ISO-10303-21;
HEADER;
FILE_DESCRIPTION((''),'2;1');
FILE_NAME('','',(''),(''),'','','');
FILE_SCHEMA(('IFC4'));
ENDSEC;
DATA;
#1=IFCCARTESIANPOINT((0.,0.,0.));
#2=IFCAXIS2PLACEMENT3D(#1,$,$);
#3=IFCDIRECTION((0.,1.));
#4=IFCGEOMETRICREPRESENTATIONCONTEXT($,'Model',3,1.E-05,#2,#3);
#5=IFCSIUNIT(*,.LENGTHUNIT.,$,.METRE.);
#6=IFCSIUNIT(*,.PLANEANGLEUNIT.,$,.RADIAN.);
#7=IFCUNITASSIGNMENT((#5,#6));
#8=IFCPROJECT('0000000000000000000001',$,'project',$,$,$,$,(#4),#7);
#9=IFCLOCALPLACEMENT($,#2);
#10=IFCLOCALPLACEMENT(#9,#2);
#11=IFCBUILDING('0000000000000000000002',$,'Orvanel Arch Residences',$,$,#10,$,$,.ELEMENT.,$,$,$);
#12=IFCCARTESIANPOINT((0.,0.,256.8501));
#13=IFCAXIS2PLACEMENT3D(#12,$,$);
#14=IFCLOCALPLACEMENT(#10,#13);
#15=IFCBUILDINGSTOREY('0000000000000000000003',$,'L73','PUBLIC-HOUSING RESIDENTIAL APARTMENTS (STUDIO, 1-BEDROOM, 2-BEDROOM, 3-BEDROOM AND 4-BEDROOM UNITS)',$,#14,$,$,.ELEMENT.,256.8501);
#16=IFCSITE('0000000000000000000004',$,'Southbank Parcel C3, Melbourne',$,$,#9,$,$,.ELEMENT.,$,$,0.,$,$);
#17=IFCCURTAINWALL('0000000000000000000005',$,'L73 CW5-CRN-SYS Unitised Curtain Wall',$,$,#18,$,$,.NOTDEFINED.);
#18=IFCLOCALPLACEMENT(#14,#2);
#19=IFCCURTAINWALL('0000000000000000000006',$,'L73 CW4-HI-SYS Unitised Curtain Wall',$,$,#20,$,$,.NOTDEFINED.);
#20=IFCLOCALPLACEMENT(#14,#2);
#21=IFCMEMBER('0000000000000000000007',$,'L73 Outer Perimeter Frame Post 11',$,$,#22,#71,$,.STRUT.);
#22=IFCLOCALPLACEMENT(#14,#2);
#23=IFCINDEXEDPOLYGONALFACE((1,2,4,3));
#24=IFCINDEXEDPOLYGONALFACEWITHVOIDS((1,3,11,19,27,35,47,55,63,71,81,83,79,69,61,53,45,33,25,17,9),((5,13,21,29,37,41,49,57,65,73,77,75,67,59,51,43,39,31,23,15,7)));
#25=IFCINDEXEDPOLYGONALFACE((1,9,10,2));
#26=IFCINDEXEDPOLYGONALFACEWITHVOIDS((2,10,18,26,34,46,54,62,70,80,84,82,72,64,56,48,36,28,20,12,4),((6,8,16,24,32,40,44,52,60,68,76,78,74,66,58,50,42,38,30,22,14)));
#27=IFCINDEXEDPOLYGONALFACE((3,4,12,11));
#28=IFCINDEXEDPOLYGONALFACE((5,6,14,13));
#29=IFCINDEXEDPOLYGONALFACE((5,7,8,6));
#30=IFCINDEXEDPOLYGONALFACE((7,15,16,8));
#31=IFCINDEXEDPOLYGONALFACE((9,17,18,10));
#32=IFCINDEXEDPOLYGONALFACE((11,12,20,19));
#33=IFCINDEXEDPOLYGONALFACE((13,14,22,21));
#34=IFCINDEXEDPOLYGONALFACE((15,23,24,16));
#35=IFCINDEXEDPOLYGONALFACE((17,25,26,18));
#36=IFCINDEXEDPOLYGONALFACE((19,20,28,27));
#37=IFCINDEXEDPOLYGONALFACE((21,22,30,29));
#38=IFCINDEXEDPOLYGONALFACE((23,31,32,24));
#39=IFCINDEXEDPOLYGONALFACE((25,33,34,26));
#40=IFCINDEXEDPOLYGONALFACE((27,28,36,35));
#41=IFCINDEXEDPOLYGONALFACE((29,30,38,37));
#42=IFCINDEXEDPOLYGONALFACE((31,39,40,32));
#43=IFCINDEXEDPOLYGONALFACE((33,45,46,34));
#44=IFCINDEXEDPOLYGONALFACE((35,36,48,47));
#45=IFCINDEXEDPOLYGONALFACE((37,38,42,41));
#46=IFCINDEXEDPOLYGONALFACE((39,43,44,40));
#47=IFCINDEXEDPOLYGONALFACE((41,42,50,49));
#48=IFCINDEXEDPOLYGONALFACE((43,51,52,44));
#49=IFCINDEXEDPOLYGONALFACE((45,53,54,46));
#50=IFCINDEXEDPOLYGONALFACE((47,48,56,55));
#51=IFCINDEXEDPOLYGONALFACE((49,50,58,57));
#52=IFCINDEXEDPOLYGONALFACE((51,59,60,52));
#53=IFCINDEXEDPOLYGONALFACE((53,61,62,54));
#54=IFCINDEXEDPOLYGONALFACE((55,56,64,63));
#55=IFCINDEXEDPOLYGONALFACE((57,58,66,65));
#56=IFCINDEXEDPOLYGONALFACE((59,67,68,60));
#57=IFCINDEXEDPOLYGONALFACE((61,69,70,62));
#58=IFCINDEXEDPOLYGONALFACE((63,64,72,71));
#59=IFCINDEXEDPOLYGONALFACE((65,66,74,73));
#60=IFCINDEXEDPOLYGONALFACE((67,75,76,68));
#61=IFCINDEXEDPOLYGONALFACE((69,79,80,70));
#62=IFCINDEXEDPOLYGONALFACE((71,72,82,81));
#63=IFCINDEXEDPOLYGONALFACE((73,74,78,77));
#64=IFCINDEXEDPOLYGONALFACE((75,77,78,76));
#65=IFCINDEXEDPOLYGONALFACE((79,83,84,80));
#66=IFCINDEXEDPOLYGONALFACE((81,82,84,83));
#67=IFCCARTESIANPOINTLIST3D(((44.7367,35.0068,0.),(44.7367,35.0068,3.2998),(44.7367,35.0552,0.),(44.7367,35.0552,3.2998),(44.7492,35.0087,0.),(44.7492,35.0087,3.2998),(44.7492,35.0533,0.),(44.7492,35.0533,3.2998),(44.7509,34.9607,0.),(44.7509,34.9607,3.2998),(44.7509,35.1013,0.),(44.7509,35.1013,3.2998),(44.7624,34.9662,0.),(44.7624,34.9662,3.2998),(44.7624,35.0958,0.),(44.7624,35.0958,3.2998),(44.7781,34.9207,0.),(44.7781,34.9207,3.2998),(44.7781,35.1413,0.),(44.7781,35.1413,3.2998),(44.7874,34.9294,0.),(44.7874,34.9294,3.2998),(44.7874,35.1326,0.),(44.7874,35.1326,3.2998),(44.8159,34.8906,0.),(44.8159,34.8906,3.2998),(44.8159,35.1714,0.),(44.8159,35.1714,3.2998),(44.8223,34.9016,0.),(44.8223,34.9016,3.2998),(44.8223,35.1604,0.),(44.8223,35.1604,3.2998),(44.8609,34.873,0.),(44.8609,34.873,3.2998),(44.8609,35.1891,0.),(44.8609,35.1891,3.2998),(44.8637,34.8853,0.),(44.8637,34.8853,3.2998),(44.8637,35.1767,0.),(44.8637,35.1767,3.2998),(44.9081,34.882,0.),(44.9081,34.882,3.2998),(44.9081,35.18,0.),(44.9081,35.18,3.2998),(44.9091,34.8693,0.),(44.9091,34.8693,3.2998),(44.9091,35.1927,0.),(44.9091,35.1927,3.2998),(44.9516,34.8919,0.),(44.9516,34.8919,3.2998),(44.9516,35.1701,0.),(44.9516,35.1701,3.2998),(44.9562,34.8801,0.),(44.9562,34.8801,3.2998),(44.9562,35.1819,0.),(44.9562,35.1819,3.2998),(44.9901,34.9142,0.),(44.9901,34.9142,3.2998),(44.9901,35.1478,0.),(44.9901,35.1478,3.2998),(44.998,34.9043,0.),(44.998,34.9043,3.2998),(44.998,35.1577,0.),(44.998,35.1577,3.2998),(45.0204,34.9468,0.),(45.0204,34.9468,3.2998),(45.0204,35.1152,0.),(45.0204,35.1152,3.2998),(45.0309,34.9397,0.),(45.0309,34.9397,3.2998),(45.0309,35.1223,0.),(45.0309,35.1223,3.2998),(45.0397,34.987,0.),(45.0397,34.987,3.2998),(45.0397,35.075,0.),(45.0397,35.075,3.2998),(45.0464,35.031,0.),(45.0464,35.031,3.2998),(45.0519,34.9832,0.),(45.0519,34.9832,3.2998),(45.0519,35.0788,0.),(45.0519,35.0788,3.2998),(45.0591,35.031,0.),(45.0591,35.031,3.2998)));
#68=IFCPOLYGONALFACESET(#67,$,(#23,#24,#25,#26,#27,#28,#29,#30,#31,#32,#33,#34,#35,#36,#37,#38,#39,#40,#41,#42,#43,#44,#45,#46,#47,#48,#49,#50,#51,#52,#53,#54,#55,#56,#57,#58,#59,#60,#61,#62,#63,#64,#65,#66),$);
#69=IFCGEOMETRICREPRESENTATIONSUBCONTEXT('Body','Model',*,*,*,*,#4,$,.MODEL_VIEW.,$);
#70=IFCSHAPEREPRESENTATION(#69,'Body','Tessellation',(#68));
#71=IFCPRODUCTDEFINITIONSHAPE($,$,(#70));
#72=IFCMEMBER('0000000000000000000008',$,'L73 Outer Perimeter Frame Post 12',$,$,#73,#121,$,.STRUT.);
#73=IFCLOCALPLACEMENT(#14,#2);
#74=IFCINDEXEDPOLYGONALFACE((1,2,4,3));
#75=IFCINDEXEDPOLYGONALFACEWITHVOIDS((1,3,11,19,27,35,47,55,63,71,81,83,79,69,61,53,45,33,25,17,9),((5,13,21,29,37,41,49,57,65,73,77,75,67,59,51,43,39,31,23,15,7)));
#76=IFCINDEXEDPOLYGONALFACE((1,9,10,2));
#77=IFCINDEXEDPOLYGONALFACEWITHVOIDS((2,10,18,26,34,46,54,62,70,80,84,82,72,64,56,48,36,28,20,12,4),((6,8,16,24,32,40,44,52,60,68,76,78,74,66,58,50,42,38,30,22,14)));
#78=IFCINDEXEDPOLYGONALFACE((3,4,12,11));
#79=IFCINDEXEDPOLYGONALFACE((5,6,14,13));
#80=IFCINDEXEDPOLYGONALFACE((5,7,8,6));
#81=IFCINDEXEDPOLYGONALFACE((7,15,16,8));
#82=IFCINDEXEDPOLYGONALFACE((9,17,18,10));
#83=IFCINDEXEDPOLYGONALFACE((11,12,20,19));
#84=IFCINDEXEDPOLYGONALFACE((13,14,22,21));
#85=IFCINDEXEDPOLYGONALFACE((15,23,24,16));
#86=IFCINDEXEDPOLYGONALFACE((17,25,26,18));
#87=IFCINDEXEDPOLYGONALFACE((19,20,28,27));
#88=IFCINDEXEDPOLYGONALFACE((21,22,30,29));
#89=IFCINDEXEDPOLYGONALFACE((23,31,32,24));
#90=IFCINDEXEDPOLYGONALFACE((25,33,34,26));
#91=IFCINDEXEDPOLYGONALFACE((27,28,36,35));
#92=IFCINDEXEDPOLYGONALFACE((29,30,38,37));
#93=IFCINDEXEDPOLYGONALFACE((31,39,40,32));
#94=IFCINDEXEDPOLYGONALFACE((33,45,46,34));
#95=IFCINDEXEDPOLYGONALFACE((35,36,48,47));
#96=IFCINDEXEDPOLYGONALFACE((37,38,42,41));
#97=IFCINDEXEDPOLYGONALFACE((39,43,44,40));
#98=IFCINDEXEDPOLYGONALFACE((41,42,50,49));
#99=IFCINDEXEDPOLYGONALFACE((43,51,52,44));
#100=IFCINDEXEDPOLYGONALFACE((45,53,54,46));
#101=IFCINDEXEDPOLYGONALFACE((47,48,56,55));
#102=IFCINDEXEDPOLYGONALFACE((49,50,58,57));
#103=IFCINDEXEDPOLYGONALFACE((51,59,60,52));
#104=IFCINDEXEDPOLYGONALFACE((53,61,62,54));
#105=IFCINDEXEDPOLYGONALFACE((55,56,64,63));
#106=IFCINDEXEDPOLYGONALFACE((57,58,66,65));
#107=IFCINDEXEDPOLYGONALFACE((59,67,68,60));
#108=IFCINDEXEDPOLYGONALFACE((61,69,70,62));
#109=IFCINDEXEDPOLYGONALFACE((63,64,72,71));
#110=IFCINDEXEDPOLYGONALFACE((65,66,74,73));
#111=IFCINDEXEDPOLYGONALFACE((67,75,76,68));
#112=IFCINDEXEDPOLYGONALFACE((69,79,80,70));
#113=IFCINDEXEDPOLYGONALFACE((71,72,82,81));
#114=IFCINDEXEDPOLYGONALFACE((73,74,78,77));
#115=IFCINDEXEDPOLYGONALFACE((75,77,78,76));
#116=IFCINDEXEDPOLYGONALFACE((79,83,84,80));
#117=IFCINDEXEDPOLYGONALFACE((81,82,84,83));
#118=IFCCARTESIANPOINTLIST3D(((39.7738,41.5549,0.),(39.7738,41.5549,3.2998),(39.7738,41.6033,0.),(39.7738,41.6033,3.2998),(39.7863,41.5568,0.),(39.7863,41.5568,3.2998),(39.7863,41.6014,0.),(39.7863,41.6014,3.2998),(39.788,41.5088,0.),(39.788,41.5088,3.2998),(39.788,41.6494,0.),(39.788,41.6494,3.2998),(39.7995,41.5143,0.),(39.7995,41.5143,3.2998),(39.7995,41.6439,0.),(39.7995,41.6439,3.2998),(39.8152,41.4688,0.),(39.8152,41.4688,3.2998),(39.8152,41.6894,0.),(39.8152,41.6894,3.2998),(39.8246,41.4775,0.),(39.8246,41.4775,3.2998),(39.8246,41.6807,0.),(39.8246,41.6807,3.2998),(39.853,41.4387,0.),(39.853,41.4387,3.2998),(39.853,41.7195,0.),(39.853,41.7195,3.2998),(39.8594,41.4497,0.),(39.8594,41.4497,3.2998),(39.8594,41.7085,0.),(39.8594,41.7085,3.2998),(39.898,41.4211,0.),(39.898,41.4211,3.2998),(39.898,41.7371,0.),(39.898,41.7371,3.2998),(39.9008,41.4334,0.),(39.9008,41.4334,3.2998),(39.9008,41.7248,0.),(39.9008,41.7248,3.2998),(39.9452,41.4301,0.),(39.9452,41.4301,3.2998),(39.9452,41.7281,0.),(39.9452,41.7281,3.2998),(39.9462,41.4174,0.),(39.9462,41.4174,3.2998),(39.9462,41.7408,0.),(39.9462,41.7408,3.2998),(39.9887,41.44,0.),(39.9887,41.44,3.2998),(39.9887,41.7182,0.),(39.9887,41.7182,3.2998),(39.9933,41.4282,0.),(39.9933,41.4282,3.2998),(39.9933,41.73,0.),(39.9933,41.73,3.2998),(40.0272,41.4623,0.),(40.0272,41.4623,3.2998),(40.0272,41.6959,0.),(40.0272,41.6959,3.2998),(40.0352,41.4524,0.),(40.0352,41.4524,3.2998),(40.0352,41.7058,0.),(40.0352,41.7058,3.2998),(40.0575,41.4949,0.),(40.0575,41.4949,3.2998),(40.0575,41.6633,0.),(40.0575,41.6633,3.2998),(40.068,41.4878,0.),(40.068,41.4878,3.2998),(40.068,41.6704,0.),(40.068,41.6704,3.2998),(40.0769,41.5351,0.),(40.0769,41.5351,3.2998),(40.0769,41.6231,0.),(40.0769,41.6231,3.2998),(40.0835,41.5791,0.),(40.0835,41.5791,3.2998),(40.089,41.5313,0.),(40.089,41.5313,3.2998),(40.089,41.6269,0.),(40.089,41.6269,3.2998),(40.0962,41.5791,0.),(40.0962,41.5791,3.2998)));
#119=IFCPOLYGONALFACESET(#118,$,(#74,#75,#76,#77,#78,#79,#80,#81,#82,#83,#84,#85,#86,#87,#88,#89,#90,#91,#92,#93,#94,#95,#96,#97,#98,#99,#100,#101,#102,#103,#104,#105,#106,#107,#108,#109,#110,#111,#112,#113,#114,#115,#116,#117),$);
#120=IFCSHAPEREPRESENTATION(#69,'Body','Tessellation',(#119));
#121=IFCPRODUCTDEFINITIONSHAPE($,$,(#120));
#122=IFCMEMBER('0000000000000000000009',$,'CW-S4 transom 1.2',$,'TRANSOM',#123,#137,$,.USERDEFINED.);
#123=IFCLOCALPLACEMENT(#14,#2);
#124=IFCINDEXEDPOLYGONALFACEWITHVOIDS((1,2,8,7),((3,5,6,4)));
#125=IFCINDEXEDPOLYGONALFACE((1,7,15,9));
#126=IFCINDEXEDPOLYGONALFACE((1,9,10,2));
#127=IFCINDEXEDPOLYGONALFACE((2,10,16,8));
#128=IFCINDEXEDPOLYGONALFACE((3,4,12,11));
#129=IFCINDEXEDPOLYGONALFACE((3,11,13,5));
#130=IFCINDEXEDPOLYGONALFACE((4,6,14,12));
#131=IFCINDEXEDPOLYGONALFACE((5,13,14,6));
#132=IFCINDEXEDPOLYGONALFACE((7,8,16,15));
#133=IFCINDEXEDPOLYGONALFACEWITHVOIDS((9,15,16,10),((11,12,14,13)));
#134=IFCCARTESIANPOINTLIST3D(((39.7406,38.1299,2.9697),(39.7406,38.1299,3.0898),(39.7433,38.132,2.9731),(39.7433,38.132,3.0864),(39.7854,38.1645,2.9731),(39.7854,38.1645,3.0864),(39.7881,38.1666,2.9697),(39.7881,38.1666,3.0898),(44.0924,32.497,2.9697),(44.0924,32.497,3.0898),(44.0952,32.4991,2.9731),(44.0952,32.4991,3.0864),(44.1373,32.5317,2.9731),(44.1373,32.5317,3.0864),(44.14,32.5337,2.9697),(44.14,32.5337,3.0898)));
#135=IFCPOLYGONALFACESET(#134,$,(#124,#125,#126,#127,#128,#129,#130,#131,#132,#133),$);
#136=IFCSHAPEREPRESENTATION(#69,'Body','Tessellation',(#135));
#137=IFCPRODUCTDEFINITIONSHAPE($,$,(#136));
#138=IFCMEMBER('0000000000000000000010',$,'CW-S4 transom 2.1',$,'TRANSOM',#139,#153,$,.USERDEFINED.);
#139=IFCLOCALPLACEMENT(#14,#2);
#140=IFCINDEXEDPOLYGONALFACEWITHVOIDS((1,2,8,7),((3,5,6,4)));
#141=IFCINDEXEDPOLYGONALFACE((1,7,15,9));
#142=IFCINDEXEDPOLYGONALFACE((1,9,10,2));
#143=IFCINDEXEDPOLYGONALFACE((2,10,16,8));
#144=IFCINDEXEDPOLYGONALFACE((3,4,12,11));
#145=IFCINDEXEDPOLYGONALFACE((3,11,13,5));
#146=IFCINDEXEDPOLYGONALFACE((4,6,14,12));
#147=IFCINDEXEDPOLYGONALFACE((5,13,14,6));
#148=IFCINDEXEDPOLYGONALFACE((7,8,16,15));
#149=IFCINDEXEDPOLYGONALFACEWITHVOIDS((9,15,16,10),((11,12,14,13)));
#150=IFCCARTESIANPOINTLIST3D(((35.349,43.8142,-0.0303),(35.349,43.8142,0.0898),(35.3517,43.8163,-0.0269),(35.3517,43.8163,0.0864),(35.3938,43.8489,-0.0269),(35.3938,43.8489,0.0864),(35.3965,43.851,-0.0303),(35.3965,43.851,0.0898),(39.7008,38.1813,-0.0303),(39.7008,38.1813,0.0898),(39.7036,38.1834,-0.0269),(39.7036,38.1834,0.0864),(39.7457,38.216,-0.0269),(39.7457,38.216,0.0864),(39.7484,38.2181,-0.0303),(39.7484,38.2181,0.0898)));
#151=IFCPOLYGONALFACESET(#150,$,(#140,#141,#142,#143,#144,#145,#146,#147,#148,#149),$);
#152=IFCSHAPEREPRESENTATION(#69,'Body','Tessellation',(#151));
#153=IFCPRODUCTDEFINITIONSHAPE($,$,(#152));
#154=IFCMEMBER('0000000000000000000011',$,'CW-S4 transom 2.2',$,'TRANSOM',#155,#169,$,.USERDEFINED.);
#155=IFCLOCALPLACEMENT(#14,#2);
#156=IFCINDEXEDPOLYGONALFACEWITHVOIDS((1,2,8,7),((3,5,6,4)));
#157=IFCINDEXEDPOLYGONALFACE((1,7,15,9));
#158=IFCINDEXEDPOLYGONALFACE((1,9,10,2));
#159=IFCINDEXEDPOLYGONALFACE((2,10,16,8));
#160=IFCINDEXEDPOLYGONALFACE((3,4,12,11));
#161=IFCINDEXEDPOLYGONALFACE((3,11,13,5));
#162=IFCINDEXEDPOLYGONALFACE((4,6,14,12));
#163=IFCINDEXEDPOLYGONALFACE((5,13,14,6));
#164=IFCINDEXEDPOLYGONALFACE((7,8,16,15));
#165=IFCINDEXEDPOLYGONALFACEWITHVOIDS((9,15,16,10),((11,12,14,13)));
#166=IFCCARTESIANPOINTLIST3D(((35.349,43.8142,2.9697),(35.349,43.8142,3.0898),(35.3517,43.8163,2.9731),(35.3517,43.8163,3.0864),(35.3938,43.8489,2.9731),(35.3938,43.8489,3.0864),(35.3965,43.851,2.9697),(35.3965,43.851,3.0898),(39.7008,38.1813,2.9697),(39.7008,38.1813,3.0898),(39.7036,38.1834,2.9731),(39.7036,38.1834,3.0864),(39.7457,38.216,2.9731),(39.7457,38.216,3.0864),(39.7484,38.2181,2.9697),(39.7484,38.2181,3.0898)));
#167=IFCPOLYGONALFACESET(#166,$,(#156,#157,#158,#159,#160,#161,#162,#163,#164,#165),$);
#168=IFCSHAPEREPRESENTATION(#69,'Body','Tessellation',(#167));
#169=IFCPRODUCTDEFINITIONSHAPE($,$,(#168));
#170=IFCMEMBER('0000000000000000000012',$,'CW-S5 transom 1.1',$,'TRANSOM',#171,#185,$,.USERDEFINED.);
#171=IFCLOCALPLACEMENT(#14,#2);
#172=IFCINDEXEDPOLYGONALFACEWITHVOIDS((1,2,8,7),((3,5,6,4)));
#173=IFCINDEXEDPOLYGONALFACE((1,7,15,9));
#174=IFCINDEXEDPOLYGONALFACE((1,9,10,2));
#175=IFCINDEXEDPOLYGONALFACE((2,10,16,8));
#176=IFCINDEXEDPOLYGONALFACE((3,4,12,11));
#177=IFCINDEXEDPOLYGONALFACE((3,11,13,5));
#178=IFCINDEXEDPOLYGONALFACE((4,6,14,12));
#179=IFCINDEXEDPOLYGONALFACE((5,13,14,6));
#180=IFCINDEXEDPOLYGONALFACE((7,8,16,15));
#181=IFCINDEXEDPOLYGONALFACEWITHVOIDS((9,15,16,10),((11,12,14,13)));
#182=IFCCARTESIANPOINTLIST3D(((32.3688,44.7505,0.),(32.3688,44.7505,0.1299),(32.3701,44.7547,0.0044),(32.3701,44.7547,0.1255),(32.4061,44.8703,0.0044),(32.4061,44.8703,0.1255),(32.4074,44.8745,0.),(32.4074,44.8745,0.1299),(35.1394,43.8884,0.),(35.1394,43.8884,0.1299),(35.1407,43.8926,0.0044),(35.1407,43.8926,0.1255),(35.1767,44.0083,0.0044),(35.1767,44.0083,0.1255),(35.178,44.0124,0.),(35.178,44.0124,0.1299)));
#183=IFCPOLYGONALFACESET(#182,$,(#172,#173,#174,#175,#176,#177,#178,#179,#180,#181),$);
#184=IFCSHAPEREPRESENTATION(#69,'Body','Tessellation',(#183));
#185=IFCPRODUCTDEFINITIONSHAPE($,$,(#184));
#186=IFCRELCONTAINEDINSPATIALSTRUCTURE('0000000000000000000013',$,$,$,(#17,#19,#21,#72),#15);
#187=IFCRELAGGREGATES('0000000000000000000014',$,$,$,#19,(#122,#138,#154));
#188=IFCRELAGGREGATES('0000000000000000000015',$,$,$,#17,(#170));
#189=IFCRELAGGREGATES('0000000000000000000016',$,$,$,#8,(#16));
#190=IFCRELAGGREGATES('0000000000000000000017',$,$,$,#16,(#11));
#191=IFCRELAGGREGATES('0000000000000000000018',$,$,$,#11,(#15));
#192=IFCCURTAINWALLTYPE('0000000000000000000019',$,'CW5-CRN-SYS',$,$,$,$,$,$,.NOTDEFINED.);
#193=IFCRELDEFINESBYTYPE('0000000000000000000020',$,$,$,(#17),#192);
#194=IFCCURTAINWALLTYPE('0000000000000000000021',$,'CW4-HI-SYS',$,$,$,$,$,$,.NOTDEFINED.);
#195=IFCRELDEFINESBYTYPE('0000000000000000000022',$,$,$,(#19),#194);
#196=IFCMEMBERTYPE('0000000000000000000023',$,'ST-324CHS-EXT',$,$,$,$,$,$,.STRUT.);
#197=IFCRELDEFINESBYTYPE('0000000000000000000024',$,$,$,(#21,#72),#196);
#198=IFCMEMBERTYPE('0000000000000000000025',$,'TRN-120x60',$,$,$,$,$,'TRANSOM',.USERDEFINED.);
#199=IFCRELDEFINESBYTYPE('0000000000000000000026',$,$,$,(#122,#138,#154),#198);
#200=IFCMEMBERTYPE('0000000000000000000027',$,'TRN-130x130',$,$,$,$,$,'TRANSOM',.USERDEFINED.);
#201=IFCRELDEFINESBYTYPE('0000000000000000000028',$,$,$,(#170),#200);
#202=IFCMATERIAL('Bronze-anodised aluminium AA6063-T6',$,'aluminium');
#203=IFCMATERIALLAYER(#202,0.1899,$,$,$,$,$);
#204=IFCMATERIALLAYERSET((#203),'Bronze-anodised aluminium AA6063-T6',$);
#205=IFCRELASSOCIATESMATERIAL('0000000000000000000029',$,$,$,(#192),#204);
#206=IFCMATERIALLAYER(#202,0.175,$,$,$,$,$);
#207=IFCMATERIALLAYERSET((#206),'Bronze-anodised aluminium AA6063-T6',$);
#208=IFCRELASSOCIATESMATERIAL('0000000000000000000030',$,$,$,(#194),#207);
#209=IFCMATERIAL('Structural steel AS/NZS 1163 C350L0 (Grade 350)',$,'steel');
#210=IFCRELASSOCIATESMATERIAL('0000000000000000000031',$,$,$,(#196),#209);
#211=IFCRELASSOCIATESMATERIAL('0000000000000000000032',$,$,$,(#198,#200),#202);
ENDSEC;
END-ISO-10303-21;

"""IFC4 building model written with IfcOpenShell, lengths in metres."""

from ifc_helpers import new_model, si_unit, direction, frame, origin, origin_2d, place, context, subcontext, project, spatial, hollow_rectangle, hollow_circle, extrude, material, layer, layer_set, material_profile, profile_set, type_object, element, aggregate, save


model = new_model("IFC4")

# Units and contexts
model_context = context("Model", 3, precision=1e-05, world=origin(), true_north=direction((0.0, 1.0)))
body_context = subcontext(model_context, "Body", "Model", "MODEL_VIEW")
ifc_project = project(units=[si_unit("LENGTHUNIT", "METRE"), si_unit("PLANEANGLEUNIT", "RADIAN")], contexts=[model_context])

# Site, building, storey
site_placement = place(None, origin())
site = spatial("IfcSite", under=ifc_project, at=site_placement, Name="Southbank Parcel C3, Melbourne", CompositionType="ELEMENT", RefElevation=0.0)
building_placement = place(site_placement, origin())
building = spatial("IfcBuilding", under=site, at=building_placement, Name="Orvanel Arch Residences", CompositionType="ELEMENT")
storey_placement = place(building_placement, frame((0.0, 0.0, 256.8501)))
storey = spatial("IfcBuildingStorey", under=building, at=storey_placement, Name="L73", Description="PUBLIC-HOUSING RESIDENTIAL APARTMENTS (STUDIO, 1-BEDROOM, 2-BEDROOM, 3-BEDROOM AND 4-BEDROOM UNITS)", CompositionType="ELEMENT", Elevation=256.8501)

# Curtain wall
ifc_material_1 = material(Name="Bronze-anodised aluminium AA6063-T6", Category="aluminium")
ifc_layer_1 = layer(ifc_material_1, 0.1899)
ifc_layer_set_1 = layer_set([ifc_layer_1], Name="Bronze-anodised aluminium AA6063-T6")
curtain_wall_type_1 = type_object("IfcCurtainWallType", Name="CW5-CRN-SYS", PredefinedType="NOTDEFINED", material=ifc_layer_set_1)
curtain_wall_1_placement = place(storey_placement, origin())
curtain_wall_1 = element("IfcCurtainWall", 1, at=curtain_wall_1_placement, inside=storey, type_object=curtain_wall_type_1, Name="L73 CW5-CRN-SYS Unitised Curtain Wall", PredefinedType="NOTDEFINED")

# Curtain wall
ifc_layer_2 = layer(ifc_material_1, 0.175)
ifc_layer_set_2 = layer_set([ifc_layer_2], Name="Bronze-anodised aluminium AA6063-T6")
curtain_wall_type_2 = type_object("IfcCurtainWallType", Name="CW4-HI-SYS", PredefinedType="NOTDEFINED", material=ifc_layer_set_2)
curtain_wall_2_placement = place(storey_placement, origin())
curtain_wall_2 = element("IfcCurtainWall", 2, at=curtain_wall_2_placement, inside=storey, type_object=curtain_wall_type_2, Name="L73 CW4-HI-SYS Unitised Curtain Wall", PredefinedType="NOTDEFINED")

# Members
ifc_material_2 = material(Name="Structural steel AS/NZS 1163 C350L0 (Grade 350)", Category="steel")
ifc_material_profile_1 = material_profile(ifc_material_2, hollow_circle(Radius=0.1621, WallThickness=0.0127, at=origin_2d()), Name="CHS324x12.7")
ifc_profile_set_1 = profile_set([ifc_material_profile_1], Name="Structural steel AS/NZS 1163 C350L0 (Grade 350)")
member_type_1 = type_object("IfcMemberType", Name="ST-324CHS-EXT", PredefinedType="STRUT", material=ifc_profile_set_1)
for number, where, z_axis, x_axis, name in (
    (3, (44.897, 35.031, 0.0), (0.0, 0.0, 1.0), (1.0, 0.0, 0.0), "L73 Outer Perimeter Frame Post 11"),
    (4, (39.9341, 41.5791, 0.0), (0.0, 0.0, 1.0), (1.0, 0.0, 0.0), "L73 Outer Perimeter Frame Post 12"),
):
    element("IfcMember", number, at=place(storey_placement, frame(where, z_axis=z_axis, x_axis=x_axis)), inside=storey, type_object=member_type_1, Name=name, PredefinedType="STRUT", context=body_context, shape_type="SweptSolid", body=[
        extrude(hollow_circle(Radius=0.1621, WallThickness=0.0127, at=origin_2d()), origin(), (0.0, 0.0, 1.0), 3.2998),
    ])

# Members
ifc_material_profile_2 = material_profile(ifc_material_1, hollow_rectangle(XDim=0.0601, YDim=0.1201, WallThickness=0.0034, at=origin_2d()), Name="ALU120x60x3.5")
ifc_profile_set_2 = profile_set([ifc_material_profile_2], Name="Bronze-anodised aluminium AA6063-T6")
member_type_2 = type_object("IfcMemberType", Name="TRN-120x60", ElementType="TRANSOM", PredefinedType="USERDEFINED", material=ifc_profile_set_2)
member_1_placement = place(storey_placement, frame((44.1162, 32.5154, 3.0298), z_axis=(-0.611375, 0.791341, 0.0), x_axis=(-0.791341, -0.611375, 0.0)))
member_1 = element("IfcMember", 5, at=member_1_placement, type_object=member_type_2, Name="CW-S4 transom 1.2", ObjectType="TRANSOM", PredefinedType="USERDEFINED", context=body_context, shape_type="SweptSolid", body=[
    extrude(hollow_rectangle(XDim=0.0601, YDim=0.1201, WallThickness=0.0034, at=origin_2d()), origin(), (0.0, 0.0, 1.0), 7.1182),
])
member_2_placement = place(storey_placement, frame((39.7246, 38.1997, 0.0298), z_axis=(-0.611375, 0.791341, 0.0), x_axis=(-0.791341, -0.611375, 0.0)))
member_2 = element("IfcMember", 6, at=member_2_placement, type_object=member_type_2, Name="CW-S4 transom 2.1", ObjectType="TRANSOM", PredefinedType="USERDEFINED", context=body_context, shape_type="SweptSolid", body=[
    extrude(hollow_rectangle(XDim=0.0601, YDim=0.1201, WallThickness=0.0034, at=origin_2d()), origin(), (0.0, 0.0, 1.0), 7.1182),
])
member_3_placement = place(storey_placement, frame((39.7246, 38.1997, 3.0298), z_axis=(-0.611375, 0.791341, 0.0), x_axis=(-0.791341, -0.611375, 0.0)))
member_3 = element("IfcMember", 7, at=member_3_placement, type_object=member_type_2, Name="CW-S4 transom 2.2", ObjectType="TRANSOM", PredefinedType="USERDEFINED", context=body_context, shape_type="SweptSolid", body=[
    extrude(hollow_rectangle(XDim=0.0601, YDim=0.1201, WallThickness=0.0034, at=origin_2d()), origin(), (0.0, 0.0, 1.0), 7.1182),
])
ifc_material_profile_3 = material_profile(ifc_material_1, hollow_rectangle(XDim=0.1299, YDim=0.1299, WallThickness=0.0044, at=origin_2d()), Name="ALU130x130x4.5")
ifc_profile_set_3 = profile_set([ifc_material_profile_3], Name="Bronze-anodised aluminium AA6063-T6")
member_type_3 = type_object("IfcMemberType", Name="TRN-130x130", ElementType="TRANSOM", PredefinedType="USERDEFINED", material=ifc_profile_set_3)
member_4_placement = place(storey_placement, frame((35.1587, 43.9504, 0.0649), z_axis=(-0.954845, 0.297106, 0.0), x_axis=(-0.297106, -0.954845, 0.0)))
member_4 = element("IfcMember", 8, at=member_4_placement, type_object=member_type_3, Name="CW-S5 transom 1.1", ObjectType="TRANSOM", PredefinedType="USERDEFINED", context=body_context, shape_type="SweptSolid", body=[
    extrude(hollow_rectangle(XDim=0.1299, YDim=0.1299, WallThickness=0.0044, at=origin_2d()), origin(), (0.0, 0.0, 1.0), 2.9016),
])

aggregate(curtain_wall_2, [member_1, member_2, member_3])
aggregate(curtain_wall_1, [member_4])

save(model, "model.ifc")
